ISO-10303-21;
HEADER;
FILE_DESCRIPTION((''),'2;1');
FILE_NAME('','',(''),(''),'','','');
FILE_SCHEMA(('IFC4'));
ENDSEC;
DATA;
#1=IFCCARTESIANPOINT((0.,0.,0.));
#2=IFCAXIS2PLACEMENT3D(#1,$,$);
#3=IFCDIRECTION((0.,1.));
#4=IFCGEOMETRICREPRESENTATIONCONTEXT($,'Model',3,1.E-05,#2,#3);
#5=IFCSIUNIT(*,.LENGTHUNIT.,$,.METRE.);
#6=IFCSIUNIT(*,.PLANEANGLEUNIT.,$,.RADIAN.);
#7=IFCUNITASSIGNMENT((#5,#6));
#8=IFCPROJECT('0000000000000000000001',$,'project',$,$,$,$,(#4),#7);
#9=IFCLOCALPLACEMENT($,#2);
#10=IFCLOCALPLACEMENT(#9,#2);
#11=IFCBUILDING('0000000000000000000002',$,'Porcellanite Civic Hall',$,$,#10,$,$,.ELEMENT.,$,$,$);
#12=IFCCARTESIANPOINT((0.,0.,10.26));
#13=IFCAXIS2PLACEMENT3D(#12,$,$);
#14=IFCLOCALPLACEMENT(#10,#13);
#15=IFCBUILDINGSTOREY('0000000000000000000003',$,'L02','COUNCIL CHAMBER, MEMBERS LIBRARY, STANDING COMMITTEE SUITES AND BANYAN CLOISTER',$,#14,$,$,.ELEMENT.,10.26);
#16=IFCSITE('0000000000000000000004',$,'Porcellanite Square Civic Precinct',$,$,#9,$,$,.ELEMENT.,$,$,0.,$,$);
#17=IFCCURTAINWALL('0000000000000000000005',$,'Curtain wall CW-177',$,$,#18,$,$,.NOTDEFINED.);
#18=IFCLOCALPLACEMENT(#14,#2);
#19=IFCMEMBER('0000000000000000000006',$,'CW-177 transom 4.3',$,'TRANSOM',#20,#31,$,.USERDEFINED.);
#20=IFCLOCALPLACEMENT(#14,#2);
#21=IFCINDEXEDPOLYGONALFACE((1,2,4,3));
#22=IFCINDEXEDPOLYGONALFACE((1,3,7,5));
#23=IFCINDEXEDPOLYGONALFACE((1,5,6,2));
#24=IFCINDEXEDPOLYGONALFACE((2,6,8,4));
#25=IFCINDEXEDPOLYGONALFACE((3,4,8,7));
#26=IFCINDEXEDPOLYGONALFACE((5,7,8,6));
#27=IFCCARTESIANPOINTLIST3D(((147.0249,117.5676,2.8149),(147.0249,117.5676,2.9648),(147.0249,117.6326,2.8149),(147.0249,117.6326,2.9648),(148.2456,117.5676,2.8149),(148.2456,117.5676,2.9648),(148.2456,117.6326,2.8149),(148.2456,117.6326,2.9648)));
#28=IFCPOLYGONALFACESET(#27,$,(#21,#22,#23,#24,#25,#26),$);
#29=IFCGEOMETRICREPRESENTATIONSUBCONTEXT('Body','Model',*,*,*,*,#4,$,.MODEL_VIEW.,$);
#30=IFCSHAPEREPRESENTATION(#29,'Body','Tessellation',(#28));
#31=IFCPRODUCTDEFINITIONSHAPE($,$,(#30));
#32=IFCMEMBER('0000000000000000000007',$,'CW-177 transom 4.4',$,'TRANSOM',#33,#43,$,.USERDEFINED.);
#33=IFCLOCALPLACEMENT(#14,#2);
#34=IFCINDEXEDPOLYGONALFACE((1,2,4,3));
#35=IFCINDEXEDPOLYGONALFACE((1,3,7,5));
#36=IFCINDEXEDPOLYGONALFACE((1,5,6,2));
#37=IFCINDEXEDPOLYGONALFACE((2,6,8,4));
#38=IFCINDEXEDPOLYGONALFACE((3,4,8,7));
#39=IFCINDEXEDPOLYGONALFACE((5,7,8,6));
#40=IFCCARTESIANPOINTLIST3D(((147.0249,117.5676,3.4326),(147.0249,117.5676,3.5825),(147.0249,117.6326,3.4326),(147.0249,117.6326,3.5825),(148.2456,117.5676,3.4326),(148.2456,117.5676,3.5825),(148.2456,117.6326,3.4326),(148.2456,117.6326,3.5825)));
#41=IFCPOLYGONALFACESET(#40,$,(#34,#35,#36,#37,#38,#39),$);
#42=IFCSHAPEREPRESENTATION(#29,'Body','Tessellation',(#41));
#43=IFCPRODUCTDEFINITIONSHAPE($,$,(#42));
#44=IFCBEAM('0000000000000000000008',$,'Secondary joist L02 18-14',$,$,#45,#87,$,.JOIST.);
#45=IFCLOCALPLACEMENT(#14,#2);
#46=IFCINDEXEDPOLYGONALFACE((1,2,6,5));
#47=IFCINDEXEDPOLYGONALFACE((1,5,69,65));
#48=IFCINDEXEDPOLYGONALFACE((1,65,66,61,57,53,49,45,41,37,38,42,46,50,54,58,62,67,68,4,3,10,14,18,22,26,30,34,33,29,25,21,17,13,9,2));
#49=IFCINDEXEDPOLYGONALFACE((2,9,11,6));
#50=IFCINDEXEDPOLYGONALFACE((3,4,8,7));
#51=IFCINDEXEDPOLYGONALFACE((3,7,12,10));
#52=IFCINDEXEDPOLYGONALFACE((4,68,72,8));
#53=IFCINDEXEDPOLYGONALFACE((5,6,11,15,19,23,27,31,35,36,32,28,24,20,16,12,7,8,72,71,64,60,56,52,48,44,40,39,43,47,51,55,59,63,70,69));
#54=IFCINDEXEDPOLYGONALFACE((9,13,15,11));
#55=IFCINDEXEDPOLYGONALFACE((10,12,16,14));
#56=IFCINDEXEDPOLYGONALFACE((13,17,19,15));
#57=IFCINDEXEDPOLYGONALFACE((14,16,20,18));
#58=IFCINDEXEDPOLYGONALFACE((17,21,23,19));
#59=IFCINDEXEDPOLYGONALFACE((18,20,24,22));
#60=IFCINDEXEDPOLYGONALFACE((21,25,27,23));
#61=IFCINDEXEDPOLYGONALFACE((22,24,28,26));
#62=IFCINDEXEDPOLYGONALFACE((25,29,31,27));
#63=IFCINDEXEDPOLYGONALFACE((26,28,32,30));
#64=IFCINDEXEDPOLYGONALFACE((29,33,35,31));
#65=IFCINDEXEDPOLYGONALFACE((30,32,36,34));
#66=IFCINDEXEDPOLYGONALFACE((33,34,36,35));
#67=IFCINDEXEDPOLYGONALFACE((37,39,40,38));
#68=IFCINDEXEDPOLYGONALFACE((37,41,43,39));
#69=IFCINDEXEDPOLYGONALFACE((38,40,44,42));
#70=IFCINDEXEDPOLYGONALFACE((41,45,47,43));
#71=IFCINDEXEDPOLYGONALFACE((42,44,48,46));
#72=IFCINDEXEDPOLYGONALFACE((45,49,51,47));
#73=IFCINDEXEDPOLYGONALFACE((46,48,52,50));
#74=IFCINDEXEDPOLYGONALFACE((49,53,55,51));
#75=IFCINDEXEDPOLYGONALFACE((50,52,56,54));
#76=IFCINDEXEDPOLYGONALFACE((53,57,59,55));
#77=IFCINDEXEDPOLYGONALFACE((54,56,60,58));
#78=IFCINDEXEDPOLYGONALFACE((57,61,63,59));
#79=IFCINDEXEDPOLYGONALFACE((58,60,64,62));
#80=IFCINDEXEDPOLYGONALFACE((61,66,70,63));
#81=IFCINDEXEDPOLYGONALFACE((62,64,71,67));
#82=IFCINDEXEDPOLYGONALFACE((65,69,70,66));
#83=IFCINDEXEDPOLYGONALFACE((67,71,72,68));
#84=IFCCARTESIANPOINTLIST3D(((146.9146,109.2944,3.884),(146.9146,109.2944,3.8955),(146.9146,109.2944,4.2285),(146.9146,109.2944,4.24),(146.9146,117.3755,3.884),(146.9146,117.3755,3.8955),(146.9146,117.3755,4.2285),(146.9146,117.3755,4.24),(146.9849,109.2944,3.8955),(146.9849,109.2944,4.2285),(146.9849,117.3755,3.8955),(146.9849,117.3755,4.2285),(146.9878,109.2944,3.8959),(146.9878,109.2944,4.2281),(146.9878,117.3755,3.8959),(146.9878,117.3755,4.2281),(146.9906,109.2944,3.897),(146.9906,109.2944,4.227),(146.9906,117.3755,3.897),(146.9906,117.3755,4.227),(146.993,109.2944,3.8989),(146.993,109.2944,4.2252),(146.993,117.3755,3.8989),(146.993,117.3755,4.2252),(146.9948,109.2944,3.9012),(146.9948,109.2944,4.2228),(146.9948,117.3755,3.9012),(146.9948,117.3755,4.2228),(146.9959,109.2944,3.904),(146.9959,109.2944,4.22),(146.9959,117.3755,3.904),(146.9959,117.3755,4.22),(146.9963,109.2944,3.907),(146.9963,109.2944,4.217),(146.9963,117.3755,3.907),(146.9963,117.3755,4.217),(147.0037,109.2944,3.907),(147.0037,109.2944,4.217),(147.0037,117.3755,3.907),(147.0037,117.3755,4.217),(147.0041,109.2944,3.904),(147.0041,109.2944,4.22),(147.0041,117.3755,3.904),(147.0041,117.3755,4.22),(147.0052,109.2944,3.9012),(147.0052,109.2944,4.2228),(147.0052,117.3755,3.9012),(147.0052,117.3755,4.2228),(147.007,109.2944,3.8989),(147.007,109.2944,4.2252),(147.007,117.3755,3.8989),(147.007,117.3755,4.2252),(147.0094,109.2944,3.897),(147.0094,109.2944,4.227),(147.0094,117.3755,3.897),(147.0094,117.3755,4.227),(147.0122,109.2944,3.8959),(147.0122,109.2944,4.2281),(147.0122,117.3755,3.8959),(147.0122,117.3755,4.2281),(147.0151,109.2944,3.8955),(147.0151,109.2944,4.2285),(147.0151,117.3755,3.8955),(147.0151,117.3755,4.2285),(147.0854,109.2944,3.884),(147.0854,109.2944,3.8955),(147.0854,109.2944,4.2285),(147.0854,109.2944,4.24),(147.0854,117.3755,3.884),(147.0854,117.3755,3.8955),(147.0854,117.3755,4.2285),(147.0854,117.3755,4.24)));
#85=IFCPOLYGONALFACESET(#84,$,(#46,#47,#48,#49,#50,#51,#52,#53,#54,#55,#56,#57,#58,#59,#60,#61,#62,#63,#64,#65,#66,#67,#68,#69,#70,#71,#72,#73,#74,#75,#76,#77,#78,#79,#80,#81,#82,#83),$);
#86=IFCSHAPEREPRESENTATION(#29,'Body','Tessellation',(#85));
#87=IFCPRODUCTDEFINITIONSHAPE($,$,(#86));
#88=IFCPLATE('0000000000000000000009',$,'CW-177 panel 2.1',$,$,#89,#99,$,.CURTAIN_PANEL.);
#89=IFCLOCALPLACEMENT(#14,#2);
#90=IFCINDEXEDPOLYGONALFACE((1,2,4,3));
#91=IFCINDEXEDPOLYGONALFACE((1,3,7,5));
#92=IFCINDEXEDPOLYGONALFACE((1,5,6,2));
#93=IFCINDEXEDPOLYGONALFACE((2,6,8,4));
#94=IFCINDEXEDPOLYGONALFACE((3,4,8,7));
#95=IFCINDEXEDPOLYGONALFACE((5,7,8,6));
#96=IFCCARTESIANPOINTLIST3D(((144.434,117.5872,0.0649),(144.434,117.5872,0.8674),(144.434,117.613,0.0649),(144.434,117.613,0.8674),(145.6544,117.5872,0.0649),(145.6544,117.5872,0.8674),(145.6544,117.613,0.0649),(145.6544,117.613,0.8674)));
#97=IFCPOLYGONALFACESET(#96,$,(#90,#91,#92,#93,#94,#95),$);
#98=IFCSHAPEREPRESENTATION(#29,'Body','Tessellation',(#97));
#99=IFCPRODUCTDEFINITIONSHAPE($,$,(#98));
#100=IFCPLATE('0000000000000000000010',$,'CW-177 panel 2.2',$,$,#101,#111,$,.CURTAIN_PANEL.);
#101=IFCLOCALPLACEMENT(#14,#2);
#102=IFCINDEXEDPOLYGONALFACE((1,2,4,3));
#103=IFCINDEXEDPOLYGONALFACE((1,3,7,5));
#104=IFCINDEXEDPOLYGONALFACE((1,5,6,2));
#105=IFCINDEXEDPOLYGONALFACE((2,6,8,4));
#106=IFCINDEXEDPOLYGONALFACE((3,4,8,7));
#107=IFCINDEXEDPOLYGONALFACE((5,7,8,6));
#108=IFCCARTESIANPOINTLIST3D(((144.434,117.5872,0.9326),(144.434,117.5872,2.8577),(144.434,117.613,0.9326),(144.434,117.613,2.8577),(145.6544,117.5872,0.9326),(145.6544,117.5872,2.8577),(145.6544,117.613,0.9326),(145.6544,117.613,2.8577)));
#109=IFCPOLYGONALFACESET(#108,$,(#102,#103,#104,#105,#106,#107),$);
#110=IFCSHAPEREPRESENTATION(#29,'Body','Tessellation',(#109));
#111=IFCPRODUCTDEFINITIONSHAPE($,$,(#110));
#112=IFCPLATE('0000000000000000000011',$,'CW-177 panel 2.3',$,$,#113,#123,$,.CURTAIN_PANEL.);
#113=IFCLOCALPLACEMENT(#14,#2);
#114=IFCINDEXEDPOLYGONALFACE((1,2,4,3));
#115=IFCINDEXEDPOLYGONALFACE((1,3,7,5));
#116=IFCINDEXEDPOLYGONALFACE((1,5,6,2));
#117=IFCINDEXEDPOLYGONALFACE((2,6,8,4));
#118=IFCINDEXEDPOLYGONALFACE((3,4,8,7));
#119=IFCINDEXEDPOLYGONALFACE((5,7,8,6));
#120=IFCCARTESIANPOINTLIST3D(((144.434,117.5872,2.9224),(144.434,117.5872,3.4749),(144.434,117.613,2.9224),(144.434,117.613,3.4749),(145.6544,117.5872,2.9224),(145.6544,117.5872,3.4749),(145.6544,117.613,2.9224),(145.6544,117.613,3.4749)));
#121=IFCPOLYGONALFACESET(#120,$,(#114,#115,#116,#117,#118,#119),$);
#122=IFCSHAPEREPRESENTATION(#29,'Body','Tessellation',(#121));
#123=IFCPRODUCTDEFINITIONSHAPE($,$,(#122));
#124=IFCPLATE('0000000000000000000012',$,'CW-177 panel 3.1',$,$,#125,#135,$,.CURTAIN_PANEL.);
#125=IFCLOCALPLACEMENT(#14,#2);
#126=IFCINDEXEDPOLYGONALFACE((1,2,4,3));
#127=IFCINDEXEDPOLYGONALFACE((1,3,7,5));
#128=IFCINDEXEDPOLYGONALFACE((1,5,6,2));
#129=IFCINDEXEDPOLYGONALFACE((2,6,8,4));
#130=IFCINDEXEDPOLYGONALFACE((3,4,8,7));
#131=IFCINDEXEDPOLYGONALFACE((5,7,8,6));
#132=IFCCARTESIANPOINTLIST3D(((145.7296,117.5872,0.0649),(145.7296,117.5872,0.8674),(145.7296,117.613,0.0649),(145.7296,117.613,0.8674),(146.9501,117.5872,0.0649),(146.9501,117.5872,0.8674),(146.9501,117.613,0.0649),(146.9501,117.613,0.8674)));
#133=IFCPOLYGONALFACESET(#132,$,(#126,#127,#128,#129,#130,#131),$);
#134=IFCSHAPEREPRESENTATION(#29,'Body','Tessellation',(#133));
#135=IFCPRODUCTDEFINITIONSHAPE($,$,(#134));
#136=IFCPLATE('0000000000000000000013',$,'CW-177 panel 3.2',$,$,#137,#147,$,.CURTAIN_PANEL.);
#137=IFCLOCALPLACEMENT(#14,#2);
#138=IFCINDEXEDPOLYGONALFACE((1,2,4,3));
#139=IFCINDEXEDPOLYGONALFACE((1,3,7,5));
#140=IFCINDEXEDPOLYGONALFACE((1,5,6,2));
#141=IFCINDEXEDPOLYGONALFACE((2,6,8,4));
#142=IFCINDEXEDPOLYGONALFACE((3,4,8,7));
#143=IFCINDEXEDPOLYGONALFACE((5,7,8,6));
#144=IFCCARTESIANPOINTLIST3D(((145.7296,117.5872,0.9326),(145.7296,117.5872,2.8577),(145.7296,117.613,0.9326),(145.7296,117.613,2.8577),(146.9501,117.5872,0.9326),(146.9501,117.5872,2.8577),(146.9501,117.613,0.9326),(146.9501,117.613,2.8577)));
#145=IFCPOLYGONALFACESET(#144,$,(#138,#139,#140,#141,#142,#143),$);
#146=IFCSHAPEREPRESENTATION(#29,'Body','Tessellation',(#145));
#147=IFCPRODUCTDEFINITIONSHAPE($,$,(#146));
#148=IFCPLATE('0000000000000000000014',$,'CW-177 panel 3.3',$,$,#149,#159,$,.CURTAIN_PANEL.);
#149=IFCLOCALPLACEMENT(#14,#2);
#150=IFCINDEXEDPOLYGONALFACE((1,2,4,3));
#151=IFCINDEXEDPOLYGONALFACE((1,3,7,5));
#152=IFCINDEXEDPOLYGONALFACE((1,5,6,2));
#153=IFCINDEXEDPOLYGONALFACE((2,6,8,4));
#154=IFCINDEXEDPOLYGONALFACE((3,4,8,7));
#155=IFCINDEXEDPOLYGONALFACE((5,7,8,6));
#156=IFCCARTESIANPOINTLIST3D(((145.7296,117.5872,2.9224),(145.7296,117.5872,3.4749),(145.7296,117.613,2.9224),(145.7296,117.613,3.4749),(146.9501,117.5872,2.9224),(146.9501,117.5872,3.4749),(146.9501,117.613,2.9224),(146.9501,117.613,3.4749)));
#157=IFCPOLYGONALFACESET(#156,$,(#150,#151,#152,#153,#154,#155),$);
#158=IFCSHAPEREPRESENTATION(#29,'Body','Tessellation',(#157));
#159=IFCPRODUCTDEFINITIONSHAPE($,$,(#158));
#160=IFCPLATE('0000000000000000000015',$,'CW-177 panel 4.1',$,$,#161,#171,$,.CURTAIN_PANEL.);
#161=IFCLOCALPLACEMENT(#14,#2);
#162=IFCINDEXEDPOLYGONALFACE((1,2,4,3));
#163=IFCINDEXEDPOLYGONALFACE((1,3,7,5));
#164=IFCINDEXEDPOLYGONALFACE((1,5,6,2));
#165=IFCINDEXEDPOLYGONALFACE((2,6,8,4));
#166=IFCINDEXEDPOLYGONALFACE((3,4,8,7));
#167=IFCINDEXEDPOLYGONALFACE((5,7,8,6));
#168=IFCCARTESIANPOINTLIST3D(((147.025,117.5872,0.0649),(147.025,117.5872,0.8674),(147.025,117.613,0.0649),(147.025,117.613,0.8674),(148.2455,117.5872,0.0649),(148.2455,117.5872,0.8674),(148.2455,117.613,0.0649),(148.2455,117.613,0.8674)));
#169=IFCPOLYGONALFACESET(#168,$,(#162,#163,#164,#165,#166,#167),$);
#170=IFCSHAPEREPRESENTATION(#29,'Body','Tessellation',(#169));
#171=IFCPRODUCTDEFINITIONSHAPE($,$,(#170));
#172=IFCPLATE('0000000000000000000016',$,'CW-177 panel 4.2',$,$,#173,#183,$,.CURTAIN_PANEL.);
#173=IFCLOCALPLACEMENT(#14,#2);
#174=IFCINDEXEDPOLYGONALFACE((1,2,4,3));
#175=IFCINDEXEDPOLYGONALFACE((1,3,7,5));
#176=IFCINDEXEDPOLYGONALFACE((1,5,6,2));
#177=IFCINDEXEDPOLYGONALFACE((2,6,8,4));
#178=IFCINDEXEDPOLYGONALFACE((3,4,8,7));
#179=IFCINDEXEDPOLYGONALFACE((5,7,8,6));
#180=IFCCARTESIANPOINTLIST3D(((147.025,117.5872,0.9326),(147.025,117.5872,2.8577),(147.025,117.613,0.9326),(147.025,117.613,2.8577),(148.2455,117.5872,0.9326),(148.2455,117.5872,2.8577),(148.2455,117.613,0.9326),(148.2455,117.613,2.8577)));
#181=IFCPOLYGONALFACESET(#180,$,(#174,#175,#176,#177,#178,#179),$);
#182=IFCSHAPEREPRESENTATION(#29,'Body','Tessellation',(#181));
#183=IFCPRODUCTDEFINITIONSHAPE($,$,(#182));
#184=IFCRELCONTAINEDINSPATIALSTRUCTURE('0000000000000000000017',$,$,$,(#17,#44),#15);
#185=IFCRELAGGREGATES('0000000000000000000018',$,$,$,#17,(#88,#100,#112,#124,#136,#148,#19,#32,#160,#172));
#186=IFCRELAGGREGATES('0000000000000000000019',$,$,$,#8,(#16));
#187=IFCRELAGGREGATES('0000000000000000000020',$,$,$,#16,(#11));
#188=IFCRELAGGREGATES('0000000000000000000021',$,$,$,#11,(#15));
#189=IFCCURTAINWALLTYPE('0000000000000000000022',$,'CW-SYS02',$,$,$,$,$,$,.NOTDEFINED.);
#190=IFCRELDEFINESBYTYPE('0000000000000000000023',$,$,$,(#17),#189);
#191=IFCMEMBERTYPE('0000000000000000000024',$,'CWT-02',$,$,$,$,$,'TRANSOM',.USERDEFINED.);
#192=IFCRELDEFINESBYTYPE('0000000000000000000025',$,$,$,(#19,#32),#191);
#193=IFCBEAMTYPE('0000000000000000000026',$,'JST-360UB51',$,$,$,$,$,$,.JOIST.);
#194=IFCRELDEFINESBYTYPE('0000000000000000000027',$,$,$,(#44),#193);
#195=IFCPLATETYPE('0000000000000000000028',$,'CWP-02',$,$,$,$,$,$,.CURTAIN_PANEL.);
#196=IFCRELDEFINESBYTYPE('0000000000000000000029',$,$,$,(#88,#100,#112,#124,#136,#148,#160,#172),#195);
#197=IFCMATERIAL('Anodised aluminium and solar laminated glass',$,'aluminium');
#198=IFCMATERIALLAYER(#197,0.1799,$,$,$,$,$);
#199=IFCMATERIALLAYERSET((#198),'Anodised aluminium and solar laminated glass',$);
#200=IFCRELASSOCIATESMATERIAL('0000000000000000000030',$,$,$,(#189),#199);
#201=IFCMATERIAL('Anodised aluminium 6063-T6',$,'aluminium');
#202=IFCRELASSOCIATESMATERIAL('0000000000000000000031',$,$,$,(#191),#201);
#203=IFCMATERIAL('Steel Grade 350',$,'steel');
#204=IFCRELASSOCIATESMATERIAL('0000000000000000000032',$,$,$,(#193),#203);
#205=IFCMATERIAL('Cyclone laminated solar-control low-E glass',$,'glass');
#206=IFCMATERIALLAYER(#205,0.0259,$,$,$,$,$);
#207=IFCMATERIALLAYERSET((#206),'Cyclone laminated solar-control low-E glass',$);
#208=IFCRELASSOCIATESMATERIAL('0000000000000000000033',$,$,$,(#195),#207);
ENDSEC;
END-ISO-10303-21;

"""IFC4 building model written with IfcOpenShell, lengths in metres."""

from ifc_helpers import new_model, si_unit, direction, frame, origin, origin_2d, place, context, subcontext, project, spatial, rectangle, i_section, extrude, material, layer, layer_set, material_profile, profile_set, type_object, element, aggregate, save


model = new_model("IFC4")

# Units and contexts
model_context = context("Model", 3, precision=1e-05, world=origin(), true_north=direction((0.0, 1.0)))
body_context = subcontext(model_context, "Body", "Model", "MODEL_VIEW")
ifc_project = project(units=[si_unit("LENGTHUNIT", "METRE"), si_unit("PLANEANGLEUNIT", "RADIAN")], contexts=[model_context])

# Site, building, storey
site_placement = place(None, origin())
site = spatial("IfcSite", under=ifc_project, at=site_placement, Name="Porcellanite Square Civic Precinct", CompositionType="ELEMENT", RefElevation=0.0)
building_placement = place(site_placement, origin())
building = spatial("IfcBuilding", under=site, at=building_placement, Name="Porcellanite Civic Hall", CompositionType="ELEMENT")
storey_placement = place(building_placement, frame((0.0, 0.0, 10.26)))
storey = spatial("IfcBuildingStorey", under=building, at=storey_placement, Name="L02", Description="COUNCIL CHAMBER, MEMBERS LIBRARY, STANDING COMMITTEE SUITES AND BANYAN CLOISTER", CompositionType="ELEMENT", Elevation=10.26)

# Curtain wall, members
ifc_material_1 = material(Name="Anodised aluminium and solar laminated glass", Category="aluminium")
ifc_layer_1 = layer(ifc_material_1, 0.1799)
ifc_layer_set_1 = layer_set([ifc_layer_1], Name="Anodised aluminium and solar laminated glass")
curtain_wall_type = type_object("IfcCurtainWallType", Name="CW-SYS02", PredefinedType="NOTDEFINED", material=ifc_layer_set_1)
curtain_wall_placement = place(storey_placement, origin())
curtain_wall = element("IfcCurtainWall", 1, at=curtain_wall_placement, inside=storey, type_object=curtain_wall_type, Name="Curtain wall CW-177", PredefinedType="NOTDEFINED")
ifc_material_2 = material(Name="Anodised aluminium 6063-T6", Category="aluminium")
ifc_material_profile_1 = material_profile(ifc_material_2, rectangle(XDim=0.0649, YDim=0.1499, at=origin_2d()), Name="AL-65x150")
ifc_profile_set_1 = profile_set([ifc_material_profile_1], Name="Anodised aluminium 6063-T6")
member_type_1 = type_object("IfcMemberType", Name="CWT-02", ElementType="TRANSOM", PredefinedType="USERDEFINED", material=ifc_profile_set_1)
member_1_placement = place(storey_placement, frame((147.0249, 117.6001, 2.8899), z_axis=(1.0, 0.0, 0.0), x_axis=(0.0, 1.0, 0.0)))
member_1 = element("IfcMember", 2, at=member_1_placement, type_object=member_type_1, Name="CW-177 transom 4.3", ObjectType="TRANSOM", PredefinedType="USERDEFINED", context=body_context, shape_type="SweptSolid", body=[
    extrude(rectangle(XDim=0.0649, YDim=0.1499, at=origin_2d()), origin(), (0.0, 0.0, 1.0), 1.2207),
])
member_2_placement = place(storey_placement, frame((147.0249, 117.6001, 3.5076), z_axis=(1.0, 0.0, 0.0), x_axis=(0.0, 1.0, 0.0)))
member_2 = element("IfcMember", 3, at=member_2_placement, type_object=member_type_1, Name="CW-177 transom 4.4", ObjectType="TRANSOM", PredefinedType="USERDEFINED", context=body_context, shape_type="SweptSolid", body=[
    extrude(rectangle(XDim=0.0649, YDim=0.1499, at=origin_2d()), origin(), (0.0, 0.0, 1.0), 1.2207),
])

# Beam
ifc_material_3 = material(Name="Steel Grade 350", Category="steel")
ifc_material_profile_2 = material_profile(ifc_material_3, i_section(OverallWidth=0.1709, OverallDepth=0.356, WebThickness=0.0073, FlangeThickness=0.0115, FilletRadius=0.0115, at=origin_2d()), Name="360UB50.7")
ifc_profile_set_2 = profile_set([ifc_material_profile_2], Name="Steel Grade 350")
beam_type_1 = type_object("IfcBeamType", Name="JST-360UB51", PredefinedType="JOIST", material=ifc_profile_set_2)
beam_1_placement = place(storey_placement, frame((147.0, 109.2944, 4.062), z_axis=(0.0, 1.0, 0.0), x_axis=(-1.0, 0.0, 0.0)))
element("IfcBeam", 4, at=beam_1_placement, inside=storey, type_object=beam_type_1, Name="Secondary joist L02 18-14", PredefinedType="JOIST", context=body_context, shape_type="SweptSolid", body=[
    extrude(i_section(OverallWidth=0.1709, OverallDepth=0.356, WebThickness=0.0073, FlangeThickness=0.0115, FilletRadius=0.0115, at=origin_2d()), origin(), (0.0, 0.0, 1.0), 8.0811),
])

# Plates
ifc_material_4 = material(Name="Cyclone laminated solar-control low-E glass", Category="glass")
ifc_layer_2 = layer(ifc_material_4, 0.0259)
ifc_layer_set_2 = layer_set([ifc_layer_2], Name="Cyclone laminated solar-control low-E glass")
plate_type = type_object("IfcPlateType", Name="CWP-02", PredefinedType="CURTAIN_PANEL", material=ifc_layer_set_2)
plate_1_placement = place(storey_placement, frame((145.0442, 117.6001, 0.0649), z_axis=(0.0, 0.0, 1.0), x_axis=(1.0, 0.0, 0.0)))
plate_1 = element("IfcPlate", 5, at=plate_1_placement, type_object=plate_type, Name="CW-177 panel 2.1", PredefinedType="CURTAIN_PANEL", context=body_context, shape_type="SweptSolid", body=[
    extrude(rectangle(XDim=1.2205, YDim=0.0259, at=origin_2d()), origin(), (0.0, 0.0, 1.0), 0.8025),
])
plate_2_placement = place(storey_placement, frame((145.0442, 117.6001, 0.9326), z_axis=(0.0, 0.0, 1.0), x_axis=(1.0, 0.0, 0.0)))
plate_2 = element("IfcPlate", 6, at=plate_2_placement, type_object=plate_type, Name="CW-177 panel 2.2", PredefinedType="CURTAIN_PANEL", context=body_context, shape_type="SweptSolid", body=[
    extrude(rectangle(XDim=1.2205, YDim=0.0259, at=origin_2d()), origin(), (0.0, 0.0, 1.0), 1.925),
])
plate_3_placement = place(storey_placement, frame((145.0442, 117.6001, 2.9224), z_axis=(0.0, 0.0, 1.0), x_axis=(1.0, 0.0, 0.0)))
plate_3 = element("IfcPlate", 7, at=plate_3_placement, type_object=plate_type, Name="CW-177 panel 2.3", PredefinedType="CURTAIN_PANEL", context=body_context, shape_type="SweptSolid", body=[
    extrude(rectangle(XDim=1.2205, YDim=0.0259, at=origin_2d()), origin(), (0.0, 0.0, 1.0), 0.5525),
])
plate_4_placement = place(storey_placement, frame((146.3398, 117.6001, 0.0649), z_axis=(0.0, 0.0, 1.0), x_axis=(1.0, 0.0, 0.0)))
plate_4 = element("IfcPlate", 8, at=plate_4_placement, type_object=plate_type, Name="CW-177 panel 3.1", PredefinedType="CURTAIN_PANEL", context=body_context, shape_type="SweptSolid", body=[
    extrude(rectangle(XDim=1.2205, YDim=0.0259, at=origin_2d()), origin(), (0.0, 0.0, 1.0), 0.8025),
])
plate_5_placement = place(storey_placement, frame((146.3398, 117.6001, 0.9326), z_axis=(0.0, 0.0, 1.0), x_axis=(1.0, 0.0, 0.0)))
plate_5 = element("IfcPlate", 9, at=plate_5_placement, type_object=plate_type, Name="CW-177 panel 3.2", PredefinedType="CURTAIN_PANEL", context=body_context, shape_type="SweptSolid", body=[
    extrude(rectangle(XDim=1.2205, YDim=0.0259, at=origin_2d()), origin(), (0.0, 0.0, 1.0), 1.925),
])
plate_6_placement = place(storey_placement, frame((146.3398, 117.6001, 2.9224), z_axis=(0.0, 0.0, 1.0), x_axis=(1.0, 0.0, 0.0)))
plate_6 = element("IfcPlate", 10, at=plate_6_placement, type_object=plate_type, Name="CW-177 panel 3.3", PredefinedType="CURTAIN_PANEL", context=body_context, shape_type="SweptSolid", body=[
    extrude(rectangle(XDim=1.2205, YDim=0.0259, at=origin_2d()), origin(), (0.0, 0.0, 1.0), 0.5525),
])
plate_7_placement = place(storey_placement, frame((147.6353, 117.6001, 0.0649), z_axis=(0.0, 0.0, 1.0), x_axis=(1.0, 0.0, 0.0)))
plate_7 = element("IfcPlate", 11, at=plate_7_placement, type_object=plate_type, Name="CW-177 panel 4.1", PredefinedType="CURTAIN_PANEL", context=body_context, shape_type="SweptSolid", body=[
    extrude(rectangle(XDim=1.2205, YDim=0.0259, at=origin_2d()), origin(), (0.0, 0.0, 1.0), 0.8025),
])
plate_8_placement = place(storey_placement, frame((147.6353, 117.6001, 0.9326), z_axis=(0.0, 0.0, 1.0), x_axis=(1.0, 0.0, 0.0)))
plate_8 = element("IfcPlate", 12, at=plate_8_placement, type_object=plate_type, Name="CW-177 panel 4.2", PredefinedType="CURTAIN_PANEL", context=body_context, shape_type="SweptSolid", body=[
    extrude(rectangle(XDim=1.2205, YDim=0.0259, at=origin_2d()), origin(), (0.0, 0.0, 1.0), 1.925),
])
aggregate(curtain_wall, [plate_1, plate_2, plate_3, plate_4, plate_5, plate_6, member_1, member_2, plate_7, plate_8])

save(model, "model.ifc")
